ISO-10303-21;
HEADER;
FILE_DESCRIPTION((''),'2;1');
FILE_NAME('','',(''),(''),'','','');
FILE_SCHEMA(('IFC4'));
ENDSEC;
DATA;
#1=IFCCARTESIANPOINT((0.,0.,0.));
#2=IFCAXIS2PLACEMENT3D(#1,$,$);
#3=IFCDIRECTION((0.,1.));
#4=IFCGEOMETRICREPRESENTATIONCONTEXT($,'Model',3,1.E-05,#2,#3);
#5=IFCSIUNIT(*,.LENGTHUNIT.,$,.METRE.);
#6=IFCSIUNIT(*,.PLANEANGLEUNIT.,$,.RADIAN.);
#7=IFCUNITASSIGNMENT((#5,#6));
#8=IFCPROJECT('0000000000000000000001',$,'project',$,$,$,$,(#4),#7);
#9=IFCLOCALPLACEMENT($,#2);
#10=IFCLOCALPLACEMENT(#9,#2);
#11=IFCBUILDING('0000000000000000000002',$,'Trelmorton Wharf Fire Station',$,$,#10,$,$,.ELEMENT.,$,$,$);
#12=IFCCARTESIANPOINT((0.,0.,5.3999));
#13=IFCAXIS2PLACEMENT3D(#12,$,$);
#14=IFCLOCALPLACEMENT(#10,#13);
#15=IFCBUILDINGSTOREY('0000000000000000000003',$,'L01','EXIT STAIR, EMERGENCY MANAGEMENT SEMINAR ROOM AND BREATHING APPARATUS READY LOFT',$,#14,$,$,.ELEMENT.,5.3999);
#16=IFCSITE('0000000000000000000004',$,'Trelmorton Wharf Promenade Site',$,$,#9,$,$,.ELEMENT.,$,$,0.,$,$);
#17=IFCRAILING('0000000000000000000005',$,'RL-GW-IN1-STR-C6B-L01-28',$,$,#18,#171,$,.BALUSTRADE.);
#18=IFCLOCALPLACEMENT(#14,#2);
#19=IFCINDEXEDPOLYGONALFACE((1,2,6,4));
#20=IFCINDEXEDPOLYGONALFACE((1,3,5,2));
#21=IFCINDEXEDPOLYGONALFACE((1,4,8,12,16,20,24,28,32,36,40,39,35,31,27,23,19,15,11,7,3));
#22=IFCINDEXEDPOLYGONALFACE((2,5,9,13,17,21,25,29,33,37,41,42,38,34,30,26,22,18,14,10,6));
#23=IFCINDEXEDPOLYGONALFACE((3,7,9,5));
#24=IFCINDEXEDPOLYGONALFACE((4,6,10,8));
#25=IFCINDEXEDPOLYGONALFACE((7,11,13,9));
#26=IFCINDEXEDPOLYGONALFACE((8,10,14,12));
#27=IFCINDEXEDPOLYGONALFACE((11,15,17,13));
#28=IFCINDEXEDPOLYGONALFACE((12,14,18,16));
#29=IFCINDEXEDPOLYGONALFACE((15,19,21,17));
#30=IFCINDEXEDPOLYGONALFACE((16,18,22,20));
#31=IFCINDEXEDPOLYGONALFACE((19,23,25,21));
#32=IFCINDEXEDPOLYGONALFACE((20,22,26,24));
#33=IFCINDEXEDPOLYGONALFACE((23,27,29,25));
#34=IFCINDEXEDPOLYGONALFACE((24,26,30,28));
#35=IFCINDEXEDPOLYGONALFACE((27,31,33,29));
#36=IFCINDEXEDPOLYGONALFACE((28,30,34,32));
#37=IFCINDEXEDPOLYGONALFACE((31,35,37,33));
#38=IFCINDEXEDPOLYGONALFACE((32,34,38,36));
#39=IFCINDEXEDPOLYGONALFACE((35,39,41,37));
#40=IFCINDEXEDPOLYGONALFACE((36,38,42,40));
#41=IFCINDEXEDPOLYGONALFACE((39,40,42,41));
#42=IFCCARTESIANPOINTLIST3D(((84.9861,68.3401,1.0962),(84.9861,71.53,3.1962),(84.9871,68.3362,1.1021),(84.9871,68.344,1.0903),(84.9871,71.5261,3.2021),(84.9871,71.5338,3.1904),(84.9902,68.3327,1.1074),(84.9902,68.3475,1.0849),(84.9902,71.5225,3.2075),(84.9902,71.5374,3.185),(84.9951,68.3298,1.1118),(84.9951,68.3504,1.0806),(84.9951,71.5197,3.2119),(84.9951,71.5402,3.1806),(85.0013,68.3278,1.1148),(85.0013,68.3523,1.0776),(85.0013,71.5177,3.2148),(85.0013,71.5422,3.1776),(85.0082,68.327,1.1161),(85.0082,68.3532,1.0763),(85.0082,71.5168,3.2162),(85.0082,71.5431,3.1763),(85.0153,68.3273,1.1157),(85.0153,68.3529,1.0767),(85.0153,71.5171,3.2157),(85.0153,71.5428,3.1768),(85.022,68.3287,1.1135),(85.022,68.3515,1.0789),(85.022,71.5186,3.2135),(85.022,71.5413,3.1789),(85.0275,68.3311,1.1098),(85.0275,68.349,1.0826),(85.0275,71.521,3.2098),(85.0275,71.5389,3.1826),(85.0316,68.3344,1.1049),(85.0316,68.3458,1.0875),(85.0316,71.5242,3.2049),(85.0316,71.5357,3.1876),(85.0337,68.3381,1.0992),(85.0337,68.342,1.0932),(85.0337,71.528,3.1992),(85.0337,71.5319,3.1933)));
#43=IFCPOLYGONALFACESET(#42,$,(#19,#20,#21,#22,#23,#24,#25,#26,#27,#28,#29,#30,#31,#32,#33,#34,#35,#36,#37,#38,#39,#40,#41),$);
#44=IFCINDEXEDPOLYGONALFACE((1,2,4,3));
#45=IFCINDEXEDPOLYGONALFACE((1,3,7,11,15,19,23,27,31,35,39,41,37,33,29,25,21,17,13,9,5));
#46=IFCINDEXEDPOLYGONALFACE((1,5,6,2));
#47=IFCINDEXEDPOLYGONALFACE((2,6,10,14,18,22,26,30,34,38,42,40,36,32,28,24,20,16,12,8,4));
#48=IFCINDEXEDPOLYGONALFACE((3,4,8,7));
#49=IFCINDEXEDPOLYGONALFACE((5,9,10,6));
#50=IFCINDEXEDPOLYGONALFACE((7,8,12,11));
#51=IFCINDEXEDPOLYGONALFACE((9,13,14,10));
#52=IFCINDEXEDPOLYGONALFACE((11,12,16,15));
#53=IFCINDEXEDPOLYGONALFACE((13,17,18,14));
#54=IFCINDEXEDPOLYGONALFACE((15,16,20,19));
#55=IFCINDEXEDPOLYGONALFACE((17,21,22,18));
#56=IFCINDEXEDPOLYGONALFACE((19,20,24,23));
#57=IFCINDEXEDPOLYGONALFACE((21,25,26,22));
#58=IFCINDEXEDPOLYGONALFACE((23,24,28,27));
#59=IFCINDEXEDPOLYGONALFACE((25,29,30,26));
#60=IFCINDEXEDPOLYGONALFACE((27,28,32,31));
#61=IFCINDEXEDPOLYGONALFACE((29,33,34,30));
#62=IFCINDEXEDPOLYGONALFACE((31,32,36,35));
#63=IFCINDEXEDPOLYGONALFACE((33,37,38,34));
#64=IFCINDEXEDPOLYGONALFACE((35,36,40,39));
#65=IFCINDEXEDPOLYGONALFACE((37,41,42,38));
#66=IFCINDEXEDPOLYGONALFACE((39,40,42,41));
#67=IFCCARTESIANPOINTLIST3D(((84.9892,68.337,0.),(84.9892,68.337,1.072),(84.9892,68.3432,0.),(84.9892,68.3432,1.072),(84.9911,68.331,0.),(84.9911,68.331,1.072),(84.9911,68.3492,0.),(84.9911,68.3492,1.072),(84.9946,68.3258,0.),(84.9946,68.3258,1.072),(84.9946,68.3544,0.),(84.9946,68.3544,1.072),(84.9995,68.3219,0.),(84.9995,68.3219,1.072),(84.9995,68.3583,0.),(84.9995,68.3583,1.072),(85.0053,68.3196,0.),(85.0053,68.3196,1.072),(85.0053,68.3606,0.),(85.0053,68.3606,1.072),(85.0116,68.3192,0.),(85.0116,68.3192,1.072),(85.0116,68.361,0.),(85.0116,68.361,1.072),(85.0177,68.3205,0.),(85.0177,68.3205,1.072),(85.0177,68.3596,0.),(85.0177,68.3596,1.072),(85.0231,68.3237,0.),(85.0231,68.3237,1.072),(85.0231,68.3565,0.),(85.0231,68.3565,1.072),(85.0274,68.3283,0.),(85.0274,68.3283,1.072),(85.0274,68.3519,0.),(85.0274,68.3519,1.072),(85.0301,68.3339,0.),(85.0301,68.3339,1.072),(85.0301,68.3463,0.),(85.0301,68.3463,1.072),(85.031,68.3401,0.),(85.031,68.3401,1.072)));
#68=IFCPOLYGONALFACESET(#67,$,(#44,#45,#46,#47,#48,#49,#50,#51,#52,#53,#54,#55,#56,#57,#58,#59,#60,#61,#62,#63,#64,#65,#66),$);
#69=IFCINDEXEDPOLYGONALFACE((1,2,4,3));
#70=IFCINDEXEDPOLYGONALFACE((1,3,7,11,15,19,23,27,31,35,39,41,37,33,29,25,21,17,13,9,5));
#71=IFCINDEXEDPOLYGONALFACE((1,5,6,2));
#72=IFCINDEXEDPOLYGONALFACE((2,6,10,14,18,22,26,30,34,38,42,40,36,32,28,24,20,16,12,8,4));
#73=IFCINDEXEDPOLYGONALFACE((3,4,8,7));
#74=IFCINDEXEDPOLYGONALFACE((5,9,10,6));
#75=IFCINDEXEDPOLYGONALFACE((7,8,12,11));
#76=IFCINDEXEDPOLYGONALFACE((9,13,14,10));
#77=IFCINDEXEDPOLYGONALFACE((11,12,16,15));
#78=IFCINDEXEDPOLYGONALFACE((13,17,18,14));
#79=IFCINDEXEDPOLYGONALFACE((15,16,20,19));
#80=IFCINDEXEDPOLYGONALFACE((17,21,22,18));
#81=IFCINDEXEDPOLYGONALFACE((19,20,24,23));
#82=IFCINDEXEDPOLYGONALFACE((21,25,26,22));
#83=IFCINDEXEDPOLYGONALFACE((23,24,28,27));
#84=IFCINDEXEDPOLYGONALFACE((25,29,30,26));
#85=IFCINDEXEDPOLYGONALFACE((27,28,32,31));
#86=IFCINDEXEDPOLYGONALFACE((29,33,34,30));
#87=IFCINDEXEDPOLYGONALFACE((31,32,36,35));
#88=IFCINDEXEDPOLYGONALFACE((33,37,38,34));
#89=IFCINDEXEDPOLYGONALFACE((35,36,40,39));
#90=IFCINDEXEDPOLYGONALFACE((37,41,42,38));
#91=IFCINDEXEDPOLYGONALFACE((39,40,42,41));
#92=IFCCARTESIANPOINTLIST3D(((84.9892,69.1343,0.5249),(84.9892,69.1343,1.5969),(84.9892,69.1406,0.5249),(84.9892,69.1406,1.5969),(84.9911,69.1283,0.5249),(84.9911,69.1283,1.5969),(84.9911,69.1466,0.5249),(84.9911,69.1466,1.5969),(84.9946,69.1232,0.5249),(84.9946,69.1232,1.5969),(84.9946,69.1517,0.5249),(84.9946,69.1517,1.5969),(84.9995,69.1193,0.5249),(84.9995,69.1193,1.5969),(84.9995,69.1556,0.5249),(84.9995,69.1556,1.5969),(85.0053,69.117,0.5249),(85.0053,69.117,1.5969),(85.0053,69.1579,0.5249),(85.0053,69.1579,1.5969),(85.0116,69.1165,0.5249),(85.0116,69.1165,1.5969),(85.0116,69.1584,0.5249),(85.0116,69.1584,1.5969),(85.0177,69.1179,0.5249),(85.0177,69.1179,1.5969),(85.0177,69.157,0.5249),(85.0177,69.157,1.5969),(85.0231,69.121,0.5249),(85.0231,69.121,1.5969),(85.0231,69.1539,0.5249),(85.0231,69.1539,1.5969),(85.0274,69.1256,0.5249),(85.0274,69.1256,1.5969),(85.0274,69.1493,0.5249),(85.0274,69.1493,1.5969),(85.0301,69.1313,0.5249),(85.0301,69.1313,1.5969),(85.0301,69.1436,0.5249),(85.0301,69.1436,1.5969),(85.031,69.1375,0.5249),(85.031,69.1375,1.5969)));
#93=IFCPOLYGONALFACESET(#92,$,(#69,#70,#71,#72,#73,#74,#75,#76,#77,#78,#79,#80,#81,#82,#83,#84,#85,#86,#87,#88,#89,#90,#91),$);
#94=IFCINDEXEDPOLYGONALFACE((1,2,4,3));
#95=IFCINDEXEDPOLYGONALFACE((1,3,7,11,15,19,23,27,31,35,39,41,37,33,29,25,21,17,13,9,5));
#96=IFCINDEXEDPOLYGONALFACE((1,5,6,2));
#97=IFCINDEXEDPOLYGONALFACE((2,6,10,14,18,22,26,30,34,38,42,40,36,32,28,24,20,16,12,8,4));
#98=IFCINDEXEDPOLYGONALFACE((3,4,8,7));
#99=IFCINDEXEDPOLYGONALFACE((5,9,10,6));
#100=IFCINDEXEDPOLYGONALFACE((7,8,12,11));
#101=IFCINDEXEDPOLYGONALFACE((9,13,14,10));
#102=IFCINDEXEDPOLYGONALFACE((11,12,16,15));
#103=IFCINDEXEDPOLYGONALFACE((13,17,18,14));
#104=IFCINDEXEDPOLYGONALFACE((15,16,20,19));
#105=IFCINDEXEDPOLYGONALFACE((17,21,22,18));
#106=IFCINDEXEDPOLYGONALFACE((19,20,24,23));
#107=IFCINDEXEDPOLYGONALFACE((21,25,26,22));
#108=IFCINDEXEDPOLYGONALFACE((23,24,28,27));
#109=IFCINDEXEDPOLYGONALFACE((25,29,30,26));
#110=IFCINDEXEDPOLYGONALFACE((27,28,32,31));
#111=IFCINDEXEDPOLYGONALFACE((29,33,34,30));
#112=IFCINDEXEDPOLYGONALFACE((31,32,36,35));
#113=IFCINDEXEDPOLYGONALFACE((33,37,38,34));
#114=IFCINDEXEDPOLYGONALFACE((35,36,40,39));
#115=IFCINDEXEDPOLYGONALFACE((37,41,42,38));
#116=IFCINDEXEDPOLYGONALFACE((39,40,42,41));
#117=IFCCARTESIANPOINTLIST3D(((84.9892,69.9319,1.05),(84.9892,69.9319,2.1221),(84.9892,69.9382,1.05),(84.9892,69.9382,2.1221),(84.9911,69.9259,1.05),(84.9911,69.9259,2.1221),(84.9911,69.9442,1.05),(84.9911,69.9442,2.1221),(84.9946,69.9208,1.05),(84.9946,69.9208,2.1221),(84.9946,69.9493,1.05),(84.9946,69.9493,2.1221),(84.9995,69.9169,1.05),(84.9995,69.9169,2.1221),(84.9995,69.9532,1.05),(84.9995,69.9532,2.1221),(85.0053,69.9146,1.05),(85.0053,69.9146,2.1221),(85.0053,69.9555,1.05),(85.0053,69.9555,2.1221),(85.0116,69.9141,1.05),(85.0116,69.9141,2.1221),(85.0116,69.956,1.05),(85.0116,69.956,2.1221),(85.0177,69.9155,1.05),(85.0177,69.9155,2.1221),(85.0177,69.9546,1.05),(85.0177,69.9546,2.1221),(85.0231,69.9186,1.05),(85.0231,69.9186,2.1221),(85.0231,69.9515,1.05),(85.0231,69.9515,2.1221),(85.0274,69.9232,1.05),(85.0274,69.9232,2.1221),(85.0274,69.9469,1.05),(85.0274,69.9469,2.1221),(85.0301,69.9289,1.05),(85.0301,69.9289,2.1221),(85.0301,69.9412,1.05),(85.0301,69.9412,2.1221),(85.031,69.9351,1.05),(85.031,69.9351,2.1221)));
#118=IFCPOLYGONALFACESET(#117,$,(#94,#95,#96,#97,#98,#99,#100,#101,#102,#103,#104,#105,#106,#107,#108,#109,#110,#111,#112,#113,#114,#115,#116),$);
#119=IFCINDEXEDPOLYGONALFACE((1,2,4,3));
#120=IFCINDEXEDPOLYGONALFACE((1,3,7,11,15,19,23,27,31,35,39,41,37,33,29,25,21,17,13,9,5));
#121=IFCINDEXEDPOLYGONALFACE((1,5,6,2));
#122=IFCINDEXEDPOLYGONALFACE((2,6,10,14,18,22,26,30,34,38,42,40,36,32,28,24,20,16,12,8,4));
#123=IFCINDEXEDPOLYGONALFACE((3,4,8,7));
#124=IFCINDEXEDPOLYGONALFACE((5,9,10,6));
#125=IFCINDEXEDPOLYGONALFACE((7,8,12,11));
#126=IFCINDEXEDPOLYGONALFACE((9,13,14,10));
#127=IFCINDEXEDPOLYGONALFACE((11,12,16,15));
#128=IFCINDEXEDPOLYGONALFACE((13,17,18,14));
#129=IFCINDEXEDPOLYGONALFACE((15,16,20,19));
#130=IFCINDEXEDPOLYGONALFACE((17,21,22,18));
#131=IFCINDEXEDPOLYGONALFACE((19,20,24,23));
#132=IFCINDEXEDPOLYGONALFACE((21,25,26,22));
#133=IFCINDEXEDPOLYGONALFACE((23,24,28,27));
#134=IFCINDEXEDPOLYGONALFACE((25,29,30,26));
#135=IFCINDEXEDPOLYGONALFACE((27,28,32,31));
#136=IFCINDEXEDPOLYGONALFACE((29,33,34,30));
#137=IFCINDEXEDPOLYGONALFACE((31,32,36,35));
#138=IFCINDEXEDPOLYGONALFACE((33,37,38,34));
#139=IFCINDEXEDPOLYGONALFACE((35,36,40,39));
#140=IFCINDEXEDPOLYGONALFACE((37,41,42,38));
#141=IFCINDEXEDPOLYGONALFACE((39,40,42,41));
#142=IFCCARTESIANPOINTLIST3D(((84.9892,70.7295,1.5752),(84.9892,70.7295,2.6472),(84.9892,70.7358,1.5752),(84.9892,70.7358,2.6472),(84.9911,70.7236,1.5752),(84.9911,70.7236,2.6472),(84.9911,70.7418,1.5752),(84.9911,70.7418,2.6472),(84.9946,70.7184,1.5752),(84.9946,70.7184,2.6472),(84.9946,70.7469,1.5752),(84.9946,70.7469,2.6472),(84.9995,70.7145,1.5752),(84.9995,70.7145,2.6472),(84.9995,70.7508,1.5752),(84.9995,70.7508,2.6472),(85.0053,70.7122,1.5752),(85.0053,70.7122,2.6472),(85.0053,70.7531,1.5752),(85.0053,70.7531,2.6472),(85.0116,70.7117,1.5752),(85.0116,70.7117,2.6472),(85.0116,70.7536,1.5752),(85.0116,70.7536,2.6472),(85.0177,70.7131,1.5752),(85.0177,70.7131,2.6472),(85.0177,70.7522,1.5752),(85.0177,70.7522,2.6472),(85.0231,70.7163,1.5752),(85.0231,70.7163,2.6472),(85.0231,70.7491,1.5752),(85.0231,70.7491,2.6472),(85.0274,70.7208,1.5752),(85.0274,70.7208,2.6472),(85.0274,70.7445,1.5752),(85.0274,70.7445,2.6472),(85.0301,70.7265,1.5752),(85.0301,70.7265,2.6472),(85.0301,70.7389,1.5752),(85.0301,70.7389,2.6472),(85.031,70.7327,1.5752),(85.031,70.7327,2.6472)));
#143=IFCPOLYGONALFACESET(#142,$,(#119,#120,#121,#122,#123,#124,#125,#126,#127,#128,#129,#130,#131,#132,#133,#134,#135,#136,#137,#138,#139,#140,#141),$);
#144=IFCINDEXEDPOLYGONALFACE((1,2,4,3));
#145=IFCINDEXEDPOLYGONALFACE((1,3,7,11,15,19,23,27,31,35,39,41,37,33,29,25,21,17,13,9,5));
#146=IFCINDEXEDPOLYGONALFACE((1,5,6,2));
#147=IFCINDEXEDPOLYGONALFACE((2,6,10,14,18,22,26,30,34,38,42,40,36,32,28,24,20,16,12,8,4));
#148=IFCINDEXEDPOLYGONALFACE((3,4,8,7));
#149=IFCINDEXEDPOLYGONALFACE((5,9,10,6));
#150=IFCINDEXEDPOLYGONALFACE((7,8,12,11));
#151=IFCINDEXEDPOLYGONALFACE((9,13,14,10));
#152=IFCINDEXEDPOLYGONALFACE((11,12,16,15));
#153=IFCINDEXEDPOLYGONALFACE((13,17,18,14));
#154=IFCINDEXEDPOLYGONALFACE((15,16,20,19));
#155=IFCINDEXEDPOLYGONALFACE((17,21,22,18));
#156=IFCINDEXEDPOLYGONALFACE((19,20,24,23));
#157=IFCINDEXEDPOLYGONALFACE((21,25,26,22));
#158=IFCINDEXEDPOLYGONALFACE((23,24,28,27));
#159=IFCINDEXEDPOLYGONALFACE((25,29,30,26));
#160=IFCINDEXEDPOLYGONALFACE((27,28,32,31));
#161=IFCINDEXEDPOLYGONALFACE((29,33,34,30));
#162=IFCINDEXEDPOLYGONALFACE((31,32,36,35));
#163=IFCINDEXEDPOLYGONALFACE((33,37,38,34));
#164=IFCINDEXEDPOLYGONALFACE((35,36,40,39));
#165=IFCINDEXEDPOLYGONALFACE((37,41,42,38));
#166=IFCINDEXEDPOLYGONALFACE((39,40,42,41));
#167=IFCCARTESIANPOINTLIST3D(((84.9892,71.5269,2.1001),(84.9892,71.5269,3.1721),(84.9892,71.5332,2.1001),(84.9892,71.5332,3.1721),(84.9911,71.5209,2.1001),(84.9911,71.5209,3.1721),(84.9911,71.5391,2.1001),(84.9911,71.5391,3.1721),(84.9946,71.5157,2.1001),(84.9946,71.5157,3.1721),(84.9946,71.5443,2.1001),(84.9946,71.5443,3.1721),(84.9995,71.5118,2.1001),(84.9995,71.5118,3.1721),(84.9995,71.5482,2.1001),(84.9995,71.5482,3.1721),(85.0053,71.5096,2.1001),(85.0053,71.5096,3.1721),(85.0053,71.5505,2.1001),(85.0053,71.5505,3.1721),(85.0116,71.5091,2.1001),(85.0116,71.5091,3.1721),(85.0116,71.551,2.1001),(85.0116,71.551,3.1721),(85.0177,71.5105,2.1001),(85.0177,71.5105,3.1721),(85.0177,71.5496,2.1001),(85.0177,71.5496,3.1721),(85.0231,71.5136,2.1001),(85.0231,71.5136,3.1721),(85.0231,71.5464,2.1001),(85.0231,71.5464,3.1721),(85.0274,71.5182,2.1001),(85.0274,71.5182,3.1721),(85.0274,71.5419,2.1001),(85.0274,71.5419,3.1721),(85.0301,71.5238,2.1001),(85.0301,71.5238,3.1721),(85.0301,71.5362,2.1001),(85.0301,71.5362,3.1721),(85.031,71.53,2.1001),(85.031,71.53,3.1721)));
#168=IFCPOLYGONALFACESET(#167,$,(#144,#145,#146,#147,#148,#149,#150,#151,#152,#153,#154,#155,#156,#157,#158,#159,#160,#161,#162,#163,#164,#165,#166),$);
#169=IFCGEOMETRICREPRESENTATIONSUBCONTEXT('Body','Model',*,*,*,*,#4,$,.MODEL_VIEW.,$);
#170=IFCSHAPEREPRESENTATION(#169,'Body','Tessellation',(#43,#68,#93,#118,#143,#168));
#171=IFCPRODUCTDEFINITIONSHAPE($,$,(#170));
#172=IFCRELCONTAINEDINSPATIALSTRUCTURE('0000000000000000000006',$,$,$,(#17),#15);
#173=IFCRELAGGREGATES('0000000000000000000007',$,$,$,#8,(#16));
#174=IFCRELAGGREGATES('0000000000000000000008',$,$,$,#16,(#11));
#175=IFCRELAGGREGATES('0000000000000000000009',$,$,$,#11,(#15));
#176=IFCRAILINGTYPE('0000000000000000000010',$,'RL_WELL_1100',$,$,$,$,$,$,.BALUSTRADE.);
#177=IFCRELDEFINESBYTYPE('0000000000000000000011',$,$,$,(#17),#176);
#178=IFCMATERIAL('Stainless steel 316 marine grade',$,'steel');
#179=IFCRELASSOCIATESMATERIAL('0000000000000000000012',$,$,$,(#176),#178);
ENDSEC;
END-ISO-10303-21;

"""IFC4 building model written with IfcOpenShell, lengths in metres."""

from ifc_helpers import new_model, si_unit, direction, frame, origin, origin_2d, place, context, subcontext, project, spatial, circle, extrude, material, type_object, element, save


model = new_model("IFC4")

# Units and contexts
model_context = context("Model", 3, precision=1e-05, world=origin(), true_north=direction((0.0, 1.0)))
body_context = subcontext(model_context, "Body", "Model", "MODEL_VIEW")
ifc_project = project(units=[si_unit("LENGTHUNIT", "METRE"), si_unit("PLANEANGLEUNIT", "RADIAN")], contexts=[model_context])

# Site, building, storey
site_placement = place(None, origin())
site = spatial("IfcSite", under=ifc_project, at=site_placement, Name="Trelmorton Wharf Promenade Site", CompositionType="ELEMENT", RefElevation=0.0)
building_placement = place(site_placement, origin())
building = spatial("IfcBuilding", under=site, at=building_placement, Name="Trelmorton Wharf Fire Station", CompositionType="ELEMENT")
storey_placement = place(building_placement, frame((0.0, 0.0, 5.3999)))
storey = spatial("IfcBuildingStorey", under=building, at=storey_placement, Name="L01", Description="EXIT STAIR, EMERGENCY MANAGEMENT SEMINAR ROOM AND BREATHING APPARATUS READY LOFT", CompositionType="ELEMENT", Elevation=5.3999)

# Railing
ifc_material_1 = material(Name="Stainless steel 316 marine grade", Category="steel")
railing_type_1 = type_object("IfcRailingType", Name="RL_WELL_1100", PredefinedType="BALUSTRADE", material=ifc_material_1)
railing_1_placement = place(storey_placement, frame((85.01, 68.3401, 0.0)))
element("IfcRailing", 1, at=railing_1_placement, inside=storey, type_object=railing_type_1, Name="RL-GW-IN1-STR-C6B-L01-28", PredefinedType="BALUSTRADE", context=body_context, shape_type="SweptSolid", body=[
    extrude(circle(Radius=0.0239, at=origin_2d()), frame((0.0, 0.0, 1.0962), z_axis=(0.0, 0.835242, 0.549882), x_axis=(-1.0, 0.0, 0.0)), (0.0, 0.0, 1.0), 3.8191),
    extrude(circle(Radius=0.021, at=origin_2d()), origin(), (0.0, 0.0, 1.0), 1.072),
    extrude(circle(Radius=0.021, at=origin_2d()), frame((0.0, 0.7974, 0.5249)), (0.0, 0.0, 1.0), 1.072),
    extrude(circle(Radius=0.021, at=origin_2d()), frame((0.0, 1.595, 1.05)), (0.0, 0.0, 1.0), 1.072),
    extrude(circle(Radius=0.021, at=origin_2d()), frame((0.0, 2.3926, 1.5752)), (0.0, 0.0, 1.0), 1.072),
    extrude(circle(Radius=0.021, at=origin_2d()), frame((0.0, 3.1899, 2.1001)), (0.0, 0.0, 1.0), 1.072),
])

save(model, "model.ifc")
